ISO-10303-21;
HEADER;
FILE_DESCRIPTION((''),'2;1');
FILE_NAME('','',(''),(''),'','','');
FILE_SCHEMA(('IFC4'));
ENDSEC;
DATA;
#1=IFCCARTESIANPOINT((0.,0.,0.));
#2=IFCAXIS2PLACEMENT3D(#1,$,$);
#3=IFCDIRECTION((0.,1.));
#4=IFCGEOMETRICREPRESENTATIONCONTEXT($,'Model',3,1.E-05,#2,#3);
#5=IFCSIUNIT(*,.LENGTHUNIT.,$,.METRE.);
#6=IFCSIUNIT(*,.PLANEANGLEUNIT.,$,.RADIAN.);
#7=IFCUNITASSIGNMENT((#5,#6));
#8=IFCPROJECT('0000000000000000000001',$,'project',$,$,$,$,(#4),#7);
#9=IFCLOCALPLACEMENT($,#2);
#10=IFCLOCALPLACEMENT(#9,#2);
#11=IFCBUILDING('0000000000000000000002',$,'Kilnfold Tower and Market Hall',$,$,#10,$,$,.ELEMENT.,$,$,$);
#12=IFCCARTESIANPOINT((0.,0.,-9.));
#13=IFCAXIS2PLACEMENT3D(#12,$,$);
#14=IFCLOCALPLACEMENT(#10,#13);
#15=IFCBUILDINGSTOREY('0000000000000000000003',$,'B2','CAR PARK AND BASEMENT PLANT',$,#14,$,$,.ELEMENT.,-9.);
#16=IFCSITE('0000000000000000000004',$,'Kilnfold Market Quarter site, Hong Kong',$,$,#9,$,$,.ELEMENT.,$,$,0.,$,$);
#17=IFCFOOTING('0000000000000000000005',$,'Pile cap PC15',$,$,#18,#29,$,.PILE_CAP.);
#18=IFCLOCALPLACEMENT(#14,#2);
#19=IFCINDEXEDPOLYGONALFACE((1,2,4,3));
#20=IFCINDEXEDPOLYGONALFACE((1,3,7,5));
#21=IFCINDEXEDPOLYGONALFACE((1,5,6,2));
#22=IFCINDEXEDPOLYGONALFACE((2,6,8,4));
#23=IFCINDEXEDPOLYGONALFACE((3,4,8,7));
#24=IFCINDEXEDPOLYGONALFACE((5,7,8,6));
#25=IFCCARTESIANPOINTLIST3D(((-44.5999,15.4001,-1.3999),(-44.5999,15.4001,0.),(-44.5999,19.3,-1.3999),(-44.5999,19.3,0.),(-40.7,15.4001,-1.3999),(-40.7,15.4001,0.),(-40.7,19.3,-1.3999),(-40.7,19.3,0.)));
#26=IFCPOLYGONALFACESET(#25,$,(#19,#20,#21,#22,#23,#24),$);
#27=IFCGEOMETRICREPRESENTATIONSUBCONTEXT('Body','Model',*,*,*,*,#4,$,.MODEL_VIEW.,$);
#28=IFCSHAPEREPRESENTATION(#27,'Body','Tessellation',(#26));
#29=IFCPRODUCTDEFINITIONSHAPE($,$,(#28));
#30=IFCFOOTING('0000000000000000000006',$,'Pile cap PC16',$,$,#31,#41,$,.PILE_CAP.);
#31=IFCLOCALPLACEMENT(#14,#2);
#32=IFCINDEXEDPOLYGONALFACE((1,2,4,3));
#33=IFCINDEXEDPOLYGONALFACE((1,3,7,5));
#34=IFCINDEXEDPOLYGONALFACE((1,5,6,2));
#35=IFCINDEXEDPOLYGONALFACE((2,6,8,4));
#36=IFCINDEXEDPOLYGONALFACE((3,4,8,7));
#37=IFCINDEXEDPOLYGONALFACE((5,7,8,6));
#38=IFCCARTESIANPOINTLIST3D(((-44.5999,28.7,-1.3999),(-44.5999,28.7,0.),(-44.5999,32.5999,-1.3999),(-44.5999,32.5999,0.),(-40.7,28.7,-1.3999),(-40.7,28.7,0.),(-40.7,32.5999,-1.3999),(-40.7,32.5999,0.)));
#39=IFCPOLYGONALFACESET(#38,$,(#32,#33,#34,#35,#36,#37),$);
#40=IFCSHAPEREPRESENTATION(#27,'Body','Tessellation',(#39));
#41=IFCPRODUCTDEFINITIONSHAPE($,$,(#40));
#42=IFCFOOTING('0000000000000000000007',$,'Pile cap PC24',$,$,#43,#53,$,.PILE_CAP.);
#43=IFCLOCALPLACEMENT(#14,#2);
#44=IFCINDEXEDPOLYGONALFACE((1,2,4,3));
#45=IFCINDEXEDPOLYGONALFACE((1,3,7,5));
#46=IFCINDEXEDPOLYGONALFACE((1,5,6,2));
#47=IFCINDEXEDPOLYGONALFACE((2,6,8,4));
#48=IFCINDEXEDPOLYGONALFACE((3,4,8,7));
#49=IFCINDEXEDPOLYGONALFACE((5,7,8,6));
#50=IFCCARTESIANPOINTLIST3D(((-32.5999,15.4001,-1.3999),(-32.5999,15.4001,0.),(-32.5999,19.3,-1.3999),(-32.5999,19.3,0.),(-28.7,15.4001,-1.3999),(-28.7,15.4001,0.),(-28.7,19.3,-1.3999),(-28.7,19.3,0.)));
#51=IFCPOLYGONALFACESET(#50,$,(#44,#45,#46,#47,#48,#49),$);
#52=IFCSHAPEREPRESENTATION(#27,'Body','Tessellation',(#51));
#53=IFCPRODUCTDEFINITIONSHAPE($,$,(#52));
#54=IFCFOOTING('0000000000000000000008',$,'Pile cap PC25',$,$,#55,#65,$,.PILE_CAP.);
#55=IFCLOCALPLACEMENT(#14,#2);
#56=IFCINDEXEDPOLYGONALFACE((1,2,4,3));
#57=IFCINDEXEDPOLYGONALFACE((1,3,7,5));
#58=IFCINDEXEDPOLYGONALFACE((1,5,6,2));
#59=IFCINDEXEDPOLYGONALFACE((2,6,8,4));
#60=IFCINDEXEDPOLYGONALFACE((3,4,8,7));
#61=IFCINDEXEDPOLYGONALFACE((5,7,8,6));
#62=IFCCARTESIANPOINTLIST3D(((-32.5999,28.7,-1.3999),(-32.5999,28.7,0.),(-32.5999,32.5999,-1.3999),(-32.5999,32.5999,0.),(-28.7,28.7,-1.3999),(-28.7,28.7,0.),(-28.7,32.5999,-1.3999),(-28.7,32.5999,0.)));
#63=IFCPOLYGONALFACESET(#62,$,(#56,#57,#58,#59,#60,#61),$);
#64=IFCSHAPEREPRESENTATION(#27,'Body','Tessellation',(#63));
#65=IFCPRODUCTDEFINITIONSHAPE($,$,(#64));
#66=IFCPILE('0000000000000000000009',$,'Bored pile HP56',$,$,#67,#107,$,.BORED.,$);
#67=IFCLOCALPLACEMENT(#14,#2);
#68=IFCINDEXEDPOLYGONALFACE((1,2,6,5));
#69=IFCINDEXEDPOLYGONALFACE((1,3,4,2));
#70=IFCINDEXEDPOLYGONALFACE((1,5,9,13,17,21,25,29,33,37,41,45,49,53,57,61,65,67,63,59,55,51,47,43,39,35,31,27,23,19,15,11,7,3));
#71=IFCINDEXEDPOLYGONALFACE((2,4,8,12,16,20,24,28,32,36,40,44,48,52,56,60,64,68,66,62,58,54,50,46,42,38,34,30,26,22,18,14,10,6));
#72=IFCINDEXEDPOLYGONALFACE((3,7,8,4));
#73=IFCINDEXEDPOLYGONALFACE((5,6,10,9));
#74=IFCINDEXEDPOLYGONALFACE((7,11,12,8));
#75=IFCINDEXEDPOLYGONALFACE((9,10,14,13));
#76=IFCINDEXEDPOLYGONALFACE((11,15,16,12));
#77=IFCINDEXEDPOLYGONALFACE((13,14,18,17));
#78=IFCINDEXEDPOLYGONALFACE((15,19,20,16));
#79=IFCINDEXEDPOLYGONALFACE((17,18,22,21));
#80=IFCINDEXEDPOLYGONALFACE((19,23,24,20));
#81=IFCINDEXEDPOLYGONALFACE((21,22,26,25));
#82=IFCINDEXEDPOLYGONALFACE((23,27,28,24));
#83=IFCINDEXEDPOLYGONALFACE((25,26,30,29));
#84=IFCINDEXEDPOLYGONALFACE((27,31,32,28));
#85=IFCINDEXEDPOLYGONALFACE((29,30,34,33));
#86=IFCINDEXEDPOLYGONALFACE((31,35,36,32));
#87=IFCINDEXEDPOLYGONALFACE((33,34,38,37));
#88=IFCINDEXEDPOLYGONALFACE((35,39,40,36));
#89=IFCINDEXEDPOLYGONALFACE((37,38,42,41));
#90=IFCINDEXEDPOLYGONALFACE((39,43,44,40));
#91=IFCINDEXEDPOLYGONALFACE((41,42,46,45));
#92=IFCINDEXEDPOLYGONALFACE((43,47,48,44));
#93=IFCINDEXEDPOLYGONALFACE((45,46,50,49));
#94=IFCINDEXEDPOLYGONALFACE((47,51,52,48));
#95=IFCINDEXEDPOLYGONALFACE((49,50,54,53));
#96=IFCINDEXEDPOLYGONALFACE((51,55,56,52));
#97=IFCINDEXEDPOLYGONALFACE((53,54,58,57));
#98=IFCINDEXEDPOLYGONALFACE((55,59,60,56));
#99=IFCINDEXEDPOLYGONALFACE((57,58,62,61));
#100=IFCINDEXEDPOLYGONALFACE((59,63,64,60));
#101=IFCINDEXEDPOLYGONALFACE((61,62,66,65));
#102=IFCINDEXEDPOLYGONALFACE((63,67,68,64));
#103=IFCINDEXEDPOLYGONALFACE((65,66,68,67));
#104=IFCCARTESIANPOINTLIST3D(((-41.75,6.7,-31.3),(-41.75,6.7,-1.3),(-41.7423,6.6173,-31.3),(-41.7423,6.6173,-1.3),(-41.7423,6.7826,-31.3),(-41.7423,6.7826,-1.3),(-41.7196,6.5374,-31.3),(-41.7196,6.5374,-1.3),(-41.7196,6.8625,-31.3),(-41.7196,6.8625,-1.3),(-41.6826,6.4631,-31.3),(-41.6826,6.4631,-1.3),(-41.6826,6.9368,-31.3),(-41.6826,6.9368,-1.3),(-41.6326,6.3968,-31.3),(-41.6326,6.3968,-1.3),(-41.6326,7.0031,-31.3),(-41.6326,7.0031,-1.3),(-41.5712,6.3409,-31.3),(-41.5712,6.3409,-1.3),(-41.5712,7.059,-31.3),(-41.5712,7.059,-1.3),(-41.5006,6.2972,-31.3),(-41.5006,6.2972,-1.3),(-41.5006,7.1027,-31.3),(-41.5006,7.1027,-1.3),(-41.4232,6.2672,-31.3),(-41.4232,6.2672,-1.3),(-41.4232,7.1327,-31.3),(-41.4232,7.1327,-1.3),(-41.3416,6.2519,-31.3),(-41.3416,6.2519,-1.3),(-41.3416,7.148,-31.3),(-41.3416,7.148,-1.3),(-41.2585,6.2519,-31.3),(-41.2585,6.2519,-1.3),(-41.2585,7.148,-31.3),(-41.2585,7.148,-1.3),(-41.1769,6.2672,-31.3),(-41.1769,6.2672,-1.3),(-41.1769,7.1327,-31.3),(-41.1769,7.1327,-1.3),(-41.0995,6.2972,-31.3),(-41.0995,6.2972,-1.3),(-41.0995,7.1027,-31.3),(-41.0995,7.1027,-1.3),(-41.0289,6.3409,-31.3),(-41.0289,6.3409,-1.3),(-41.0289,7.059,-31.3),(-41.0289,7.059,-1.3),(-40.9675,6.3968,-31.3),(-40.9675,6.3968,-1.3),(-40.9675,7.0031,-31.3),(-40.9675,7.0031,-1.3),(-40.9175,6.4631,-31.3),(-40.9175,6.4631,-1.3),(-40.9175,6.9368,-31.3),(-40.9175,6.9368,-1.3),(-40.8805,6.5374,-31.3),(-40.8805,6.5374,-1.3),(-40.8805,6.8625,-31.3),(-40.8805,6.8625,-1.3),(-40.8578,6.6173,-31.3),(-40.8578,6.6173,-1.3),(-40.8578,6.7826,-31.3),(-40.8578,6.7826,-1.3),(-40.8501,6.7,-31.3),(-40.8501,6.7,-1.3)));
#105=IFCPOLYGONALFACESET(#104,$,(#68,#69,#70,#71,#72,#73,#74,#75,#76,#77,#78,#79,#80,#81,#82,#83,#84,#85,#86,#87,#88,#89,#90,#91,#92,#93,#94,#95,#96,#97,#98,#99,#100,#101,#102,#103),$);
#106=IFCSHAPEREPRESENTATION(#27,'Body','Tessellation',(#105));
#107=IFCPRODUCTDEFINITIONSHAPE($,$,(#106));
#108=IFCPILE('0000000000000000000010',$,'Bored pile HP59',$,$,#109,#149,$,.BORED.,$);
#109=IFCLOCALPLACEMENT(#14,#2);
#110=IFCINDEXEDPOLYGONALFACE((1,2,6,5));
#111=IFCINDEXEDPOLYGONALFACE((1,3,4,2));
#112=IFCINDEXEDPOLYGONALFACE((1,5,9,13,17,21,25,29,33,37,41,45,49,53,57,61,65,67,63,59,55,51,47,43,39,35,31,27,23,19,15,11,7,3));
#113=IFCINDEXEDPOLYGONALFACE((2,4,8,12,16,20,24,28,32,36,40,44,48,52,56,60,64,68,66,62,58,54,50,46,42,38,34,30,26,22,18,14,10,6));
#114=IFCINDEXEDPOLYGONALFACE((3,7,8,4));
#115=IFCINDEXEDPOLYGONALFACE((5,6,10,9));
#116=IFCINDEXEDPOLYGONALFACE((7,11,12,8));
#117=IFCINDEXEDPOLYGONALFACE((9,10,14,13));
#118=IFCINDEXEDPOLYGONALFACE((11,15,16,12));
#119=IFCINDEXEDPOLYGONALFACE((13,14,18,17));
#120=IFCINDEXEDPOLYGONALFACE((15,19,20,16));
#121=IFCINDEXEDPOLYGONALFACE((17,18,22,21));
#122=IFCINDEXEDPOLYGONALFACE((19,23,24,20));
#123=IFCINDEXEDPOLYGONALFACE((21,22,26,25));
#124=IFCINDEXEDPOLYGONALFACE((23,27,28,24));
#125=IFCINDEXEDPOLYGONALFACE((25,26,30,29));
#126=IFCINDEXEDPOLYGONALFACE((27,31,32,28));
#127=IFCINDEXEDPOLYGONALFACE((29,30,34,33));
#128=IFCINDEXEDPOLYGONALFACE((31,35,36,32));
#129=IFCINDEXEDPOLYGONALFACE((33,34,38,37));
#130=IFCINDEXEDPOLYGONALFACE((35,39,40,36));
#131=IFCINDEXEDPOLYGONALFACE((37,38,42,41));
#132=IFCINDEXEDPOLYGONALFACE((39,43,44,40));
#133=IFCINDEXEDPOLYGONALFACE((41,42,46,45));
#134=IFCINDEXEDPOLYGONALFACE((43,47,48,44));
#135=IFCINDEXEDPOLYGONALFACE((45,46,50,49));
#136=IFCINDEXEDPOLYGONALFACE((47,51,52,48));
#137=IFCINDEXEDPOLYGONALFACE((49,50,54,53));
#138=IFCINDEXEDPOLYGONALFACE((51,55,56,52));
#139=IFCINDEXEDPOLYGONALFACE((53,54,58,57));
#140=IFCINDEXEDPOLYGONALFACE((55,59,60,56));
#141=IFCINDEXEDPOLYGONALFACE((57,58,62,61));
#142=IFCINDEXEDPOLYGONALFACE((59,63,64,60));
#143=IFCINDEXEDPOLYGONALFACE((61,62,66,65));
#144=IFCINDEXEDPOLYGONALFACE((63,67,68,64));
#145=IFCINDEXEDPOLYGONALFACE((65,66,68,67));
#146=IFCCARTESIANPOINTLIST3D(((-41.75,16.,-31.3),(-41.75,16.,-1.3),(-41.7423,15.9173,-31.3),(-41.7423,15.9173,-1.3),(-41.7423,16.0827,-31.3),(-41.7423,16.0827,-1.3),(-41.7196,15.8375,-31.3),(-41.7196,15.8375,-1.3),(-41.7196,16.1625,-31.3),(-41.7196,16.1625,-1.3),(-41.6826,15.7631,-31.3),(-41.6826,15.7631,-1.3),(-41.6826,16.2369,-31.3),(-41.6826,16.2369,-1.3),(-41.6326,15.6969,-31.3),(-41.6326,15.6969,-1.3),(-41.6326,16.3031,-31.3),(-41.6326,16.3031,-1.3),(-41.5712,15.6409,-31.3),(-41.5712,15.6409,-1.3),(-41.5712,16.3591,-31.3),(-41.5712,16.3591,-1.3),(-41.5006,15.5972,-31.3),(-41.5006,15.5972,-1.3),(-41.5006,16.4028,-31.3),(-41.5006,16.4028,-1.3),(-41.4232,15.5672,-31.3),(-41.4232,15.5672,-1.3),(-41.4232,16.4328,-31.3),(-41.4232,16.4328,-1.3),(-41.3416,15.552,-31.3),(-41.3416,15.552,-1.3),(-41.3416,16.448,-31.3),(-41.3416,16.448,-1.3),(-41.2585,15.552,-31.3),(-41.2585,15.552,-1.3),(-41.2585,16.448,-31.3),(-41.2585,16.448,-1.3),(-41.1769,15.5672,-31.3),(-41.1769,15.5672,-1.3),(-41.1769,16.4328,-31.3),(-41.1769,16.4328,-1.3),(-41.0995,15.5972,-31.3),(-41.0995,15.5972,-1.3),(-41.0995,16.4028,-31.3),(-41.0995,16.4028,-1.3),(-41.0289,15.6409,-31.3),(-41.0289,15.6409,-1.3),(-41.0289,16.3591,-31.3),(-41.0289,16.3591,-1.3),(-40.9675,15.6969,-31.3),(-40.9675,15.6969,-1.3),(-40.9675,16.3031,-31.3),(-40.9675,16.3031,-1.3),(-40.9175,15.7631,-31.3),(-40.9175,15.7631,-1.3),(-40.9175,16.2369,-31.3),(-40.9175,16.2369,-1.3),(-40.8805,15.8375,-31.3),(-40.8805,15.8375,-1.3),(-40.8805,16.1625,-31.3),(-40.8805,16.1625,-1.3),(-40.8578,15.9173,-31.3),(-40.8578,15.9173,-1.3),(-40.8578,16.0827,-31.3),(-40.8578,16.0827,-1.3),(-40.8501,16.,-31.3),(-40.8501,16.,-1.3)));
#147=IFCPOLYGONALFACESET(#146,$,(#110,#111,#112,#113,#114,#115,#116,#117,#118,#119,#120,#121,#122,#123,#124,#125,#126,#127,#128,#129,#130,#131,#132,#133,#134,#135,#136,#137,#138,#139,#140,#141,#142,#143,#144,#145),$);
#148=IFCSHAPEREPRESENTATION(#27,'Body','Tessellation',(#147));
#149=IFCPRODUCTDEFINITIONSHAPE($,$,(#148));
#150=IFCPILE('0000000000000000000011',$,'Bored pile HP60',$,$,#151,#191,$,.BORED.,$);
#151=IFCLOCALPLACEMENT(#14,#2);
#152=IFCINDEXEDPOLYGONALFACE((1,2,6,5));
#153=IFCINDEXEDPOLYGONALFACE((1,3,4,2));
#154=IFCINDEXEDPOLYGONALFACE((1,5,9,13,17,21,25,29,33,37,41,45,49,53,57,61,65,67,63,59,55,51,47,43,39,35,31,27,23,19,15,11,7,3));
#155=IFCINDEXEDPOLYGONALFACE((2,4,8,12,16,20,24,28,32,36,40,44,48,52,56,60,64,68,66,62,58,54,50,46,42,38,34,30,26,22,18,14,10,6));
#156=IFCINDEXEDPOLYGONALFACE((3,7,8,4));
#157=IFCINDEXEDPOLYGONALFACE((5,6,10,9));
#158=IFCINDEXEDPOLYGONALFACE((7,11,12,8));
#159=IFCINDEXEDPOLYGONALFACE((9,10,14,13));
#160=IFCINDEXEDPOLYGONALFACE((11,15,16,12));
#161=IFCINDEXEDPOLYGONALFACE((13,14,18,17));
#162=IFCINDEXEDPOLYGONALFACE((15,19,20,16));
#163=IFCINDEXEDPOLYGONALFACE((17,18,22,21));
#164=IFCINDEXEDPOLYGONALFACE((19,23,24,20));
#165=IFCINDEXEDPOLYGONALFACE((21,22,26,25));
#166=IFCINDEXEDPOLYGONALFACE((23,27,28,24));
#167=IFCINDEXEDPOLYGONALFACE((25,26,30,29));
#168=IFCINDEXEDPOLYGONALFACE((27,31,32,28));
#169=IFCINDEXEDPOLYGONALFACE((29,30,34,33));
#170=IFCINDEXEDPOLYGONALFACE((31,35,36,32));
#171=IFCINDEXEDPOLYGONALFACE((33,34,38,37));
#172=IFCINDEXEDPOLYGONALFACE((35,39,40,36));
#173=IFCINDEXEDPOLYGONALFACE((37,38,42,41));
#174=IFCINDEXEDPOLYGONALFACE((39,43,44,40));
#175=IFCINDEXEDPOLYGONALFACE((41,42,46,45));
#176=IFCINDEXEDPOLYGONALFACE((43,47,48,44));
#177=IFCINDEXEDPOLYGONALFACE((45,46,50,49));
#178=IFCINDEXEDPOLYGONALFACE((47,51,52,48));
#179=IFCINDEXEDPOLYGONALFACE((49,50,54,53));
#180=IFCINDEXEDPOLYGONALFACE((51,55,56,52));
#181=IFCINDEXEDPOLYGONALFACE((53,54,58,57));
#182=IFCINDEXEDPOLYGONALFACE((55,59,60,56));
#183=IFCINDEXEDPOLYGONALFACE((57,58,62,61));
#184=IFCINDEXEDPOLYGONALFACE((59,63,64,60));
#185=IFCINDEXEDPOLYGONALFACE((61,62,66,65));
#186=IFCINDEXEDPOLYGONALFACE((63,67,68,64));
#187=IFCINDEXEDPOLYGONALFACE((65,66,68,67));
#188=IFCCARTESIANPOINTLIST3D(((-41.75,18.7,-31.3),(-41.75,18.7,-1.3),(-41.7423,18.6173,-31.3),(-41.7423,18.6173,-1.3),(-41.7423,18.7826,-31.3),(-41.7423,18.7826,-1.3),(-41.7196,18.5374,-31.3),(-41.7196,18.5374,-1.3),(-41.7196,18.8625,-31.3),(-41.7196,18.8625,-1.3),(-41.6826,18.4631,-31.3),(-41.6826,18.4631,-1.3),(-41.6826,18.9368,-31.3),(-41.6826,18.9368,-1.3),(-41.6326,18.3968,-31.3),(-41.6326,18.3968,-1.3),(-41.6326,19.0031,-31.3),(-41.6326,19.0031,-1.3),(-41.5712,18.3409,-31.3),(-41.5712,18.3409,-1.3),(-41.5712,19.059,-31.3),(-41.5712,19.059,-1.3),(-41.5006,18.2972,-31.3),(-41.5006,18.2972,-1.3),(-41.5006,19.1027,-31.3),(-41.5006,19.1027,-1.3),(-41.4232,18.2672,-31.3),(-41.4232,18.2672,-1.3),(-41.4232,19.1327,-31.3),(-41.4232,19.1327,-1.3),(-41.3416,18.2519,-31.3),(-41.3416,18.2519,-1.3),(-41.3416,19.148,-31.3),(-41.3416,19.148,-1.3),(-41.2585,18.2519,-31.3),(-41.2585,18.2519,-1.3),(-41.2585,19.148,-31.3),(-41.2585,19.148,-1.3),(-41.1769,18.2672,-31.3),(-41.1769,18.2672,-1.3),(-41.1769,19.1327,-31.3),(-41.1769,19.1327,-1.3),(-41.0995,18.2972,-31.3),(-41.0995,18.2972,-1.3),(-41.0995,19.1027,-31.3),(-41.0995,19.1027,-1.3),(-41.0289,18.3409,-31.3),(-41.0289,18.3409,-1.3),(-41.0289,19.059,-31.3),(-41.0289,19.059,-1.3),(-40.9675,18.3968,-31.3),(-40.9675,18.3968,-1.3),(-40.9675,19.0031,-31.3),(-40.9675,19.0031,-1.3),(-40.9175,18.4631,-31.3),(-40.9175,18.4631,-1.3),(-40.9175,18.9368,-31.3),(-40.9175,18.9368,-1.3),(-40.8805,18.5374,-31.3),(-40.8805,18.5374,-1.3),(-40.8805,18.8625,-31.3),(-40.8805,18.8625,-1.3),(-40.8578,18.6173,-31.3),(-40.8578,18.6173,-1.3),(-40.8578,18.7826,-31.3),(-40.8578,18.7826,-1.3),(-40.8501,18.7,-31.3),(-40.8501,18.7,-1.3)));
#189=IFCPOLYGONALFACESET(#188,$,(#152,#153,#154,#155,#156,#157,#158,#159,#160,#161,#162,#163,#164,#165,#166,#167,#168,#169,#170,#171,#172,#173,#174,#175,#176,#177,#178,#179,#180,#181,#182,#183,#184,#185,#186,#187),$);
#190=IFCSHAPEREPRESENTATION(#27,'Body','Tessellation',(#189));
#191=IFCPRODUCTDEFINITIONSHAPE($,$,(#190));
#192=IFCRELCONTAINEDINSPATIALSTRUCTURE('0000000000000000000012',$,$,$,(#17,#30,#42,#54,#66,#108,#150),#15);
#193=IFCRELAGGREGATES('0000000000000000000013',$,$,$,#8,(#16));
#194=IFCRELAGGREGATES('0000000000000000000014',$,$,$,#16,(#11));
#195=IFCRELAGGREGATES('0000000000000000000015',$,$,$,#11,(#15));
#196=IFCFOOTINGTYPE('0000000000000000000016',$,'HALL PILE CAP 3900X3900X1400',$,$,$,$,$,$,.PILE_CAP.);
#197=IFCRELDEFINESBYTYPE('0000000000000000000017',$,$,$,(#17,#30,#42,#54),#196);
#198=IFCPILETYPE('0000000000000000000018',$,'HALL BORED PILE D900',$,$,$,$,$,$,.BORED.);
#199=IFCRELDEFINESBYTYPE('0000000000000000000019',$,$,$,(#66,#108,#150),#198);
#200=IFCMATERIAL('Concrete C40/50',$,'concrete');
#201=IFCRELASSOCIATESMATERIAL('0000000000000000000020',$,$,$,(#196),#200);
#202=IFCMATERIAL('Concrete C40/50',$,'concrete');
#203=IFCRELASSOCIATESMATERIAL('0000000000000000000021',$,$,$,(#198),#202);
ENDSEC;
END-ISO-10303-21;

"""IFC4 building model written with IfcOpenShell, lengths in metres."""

from ifc_helpers import new_model, si_unit, direction, frame, origin, origin_2d, place, context, subcontext, project, spatial, rectangle, circle, extrude, source, transform, mapped, material, material_profile, profile_set, type_object, element, save


model = new_model("IFC4")

# Units and contexts
model_context = context("Model", 3, precision=1e-05, world=origin(), true_north=direction((0.0, 1.0)))
body_context = subcontext(model_context, "Body", "Model", "MODEL_VIEW")
ifc_project = project(units=[si_unit("LENGTHUNIT", "METRE"), si_unit("PLANEANGLEUNIT", "RADIAN")], contexts=[model_context])

# Site, building, storey
site_placement = place(None, origin())
site = spatial("IfcSite", under=ifc_project, at=site_placement, Name="Kilnfold Market Quarter site, Hong Kong", CompositionType="ELEMENT", RefElevation=0.0)
building_placement = place(site_placement, origin())
building = spatial("IfcBuilding", under=site, at=building_placement, Name="Kilnfold Tower and Market Hall", CompositionType="ELEMENT")
storey_placement = place(building_placement, frame((0.0, 0.0, -9.0)))
storey = spatial("IfcBuildingStorey", under=building, at=storey_placement, Name="B2", Description="CAR PARK AND BASEMENT PLANT", CompositionType="ELEMENT", Elevation=-9.0)

# Footings
ifc_material_1 = material(Name="Concrete C40/50", Category="concrete")
footing_type = type_object("IfcFootingType", Name="HALL PILE CAP 3900X3900X1400", PredefinedType="PILE_CAP", material=ifc_material_1)
shared_shape_1 = source(origin(), body_context, "Body", "SweptSolid", [
    extrude(rectangle(XDim=3.8999, YDim=3.8999, at=origin_2d()), origin(), (0.0, 0.0, 1.0), 1.3999),
])
for number, where, z_axis, x_axis, name in (
    (1, (-42.6499, 17.3501, -1.3999), (0.0, 0.0, 1.0), (1.0, 0.0, 0.0), "Pile cap PC15"),
    (2, (-42.6499, 30.6499, -1.3999), (0.0, 0.0, 1.0), (1.0, 0.0, 0.0), "Pile cap PC16"),
    (3, (-30.6499, 17.3501, -1.3999), (0.0, 0.0, 1.0), (1.0, 0.0, 0.0), "Pile cap PC24"),
    (4, (-30.6499, 30.6499, -1.3999), (0.0, 0.0, 1.0), (1.0, 0.0, 0.0), "Pile cap PC25"),
):
    element("IfcFooting", number, at=place(storey_placement, frame(where, z_axis=z_axis, x_axis=x_axis)), inside=storey, type_object=footing_type, Name=name, PredefinedType="PILE_CAP", context=body_context, shape_type="MappedRepresentation", body=[
        mapped(shared_shape_1, transform((0.0, 0.0, 0.0))),
    ])

# Piles
ifc_material_2 = material(Name="Concrete C40/50", Category="concrete")
ifc_material_profile_1 = material_profile(ifc_material_2, circle(Radius=0.45, at=origin_2d()), Name="D900")
ifc_profile_set_1 = profile_set([ifc_material_profile_1], Name="Concrete C40/50")
pile_type = type_object("IfcPileType", Name="HALL BORED PILE D900", PredefinedType="BORED", material=ifc_profile_set_1)
shared_shape_2 = source(origin(), body_context, "Body", "SweptSolid", [
    extrude(circle(Radius=0.45, at=origin_2d()), origin(), (0.0, 0.0, 1.0), 30.0),
])
for number, where, z_axis, x_axis, name in (
    (5, (-41.3, 6.7, -1.3), (0.0, 0.0, -1.0), (1.0, 0.0, 0.0), "Bored pile HP56"),
    (6, (-41.3, 16.0, -1.3), (0.0, 0.0, -1.0), (1.0, 0.0, 0.0), "Bored pile HP59"),
    (7, (-41.3, 18.7, -1.3), (0.0, 0.0, -1.0), (1.0, 0.0, 0.0), "Bored pile HP60"),
):
    element("IfcPile", number, at=place(storey_placement, frame(where, z_axis=z_axis, x_axis=x_axis)), inside=storey, type_object=pile_type, Name=name, PredefinedType="BORED", context=body_context, shape_type="MappedRepresentation", body=[
        mapped(shared_shape_2, transform((0.0, 0.0, 0.0))),
    ])

save(model, "model.ifc")
